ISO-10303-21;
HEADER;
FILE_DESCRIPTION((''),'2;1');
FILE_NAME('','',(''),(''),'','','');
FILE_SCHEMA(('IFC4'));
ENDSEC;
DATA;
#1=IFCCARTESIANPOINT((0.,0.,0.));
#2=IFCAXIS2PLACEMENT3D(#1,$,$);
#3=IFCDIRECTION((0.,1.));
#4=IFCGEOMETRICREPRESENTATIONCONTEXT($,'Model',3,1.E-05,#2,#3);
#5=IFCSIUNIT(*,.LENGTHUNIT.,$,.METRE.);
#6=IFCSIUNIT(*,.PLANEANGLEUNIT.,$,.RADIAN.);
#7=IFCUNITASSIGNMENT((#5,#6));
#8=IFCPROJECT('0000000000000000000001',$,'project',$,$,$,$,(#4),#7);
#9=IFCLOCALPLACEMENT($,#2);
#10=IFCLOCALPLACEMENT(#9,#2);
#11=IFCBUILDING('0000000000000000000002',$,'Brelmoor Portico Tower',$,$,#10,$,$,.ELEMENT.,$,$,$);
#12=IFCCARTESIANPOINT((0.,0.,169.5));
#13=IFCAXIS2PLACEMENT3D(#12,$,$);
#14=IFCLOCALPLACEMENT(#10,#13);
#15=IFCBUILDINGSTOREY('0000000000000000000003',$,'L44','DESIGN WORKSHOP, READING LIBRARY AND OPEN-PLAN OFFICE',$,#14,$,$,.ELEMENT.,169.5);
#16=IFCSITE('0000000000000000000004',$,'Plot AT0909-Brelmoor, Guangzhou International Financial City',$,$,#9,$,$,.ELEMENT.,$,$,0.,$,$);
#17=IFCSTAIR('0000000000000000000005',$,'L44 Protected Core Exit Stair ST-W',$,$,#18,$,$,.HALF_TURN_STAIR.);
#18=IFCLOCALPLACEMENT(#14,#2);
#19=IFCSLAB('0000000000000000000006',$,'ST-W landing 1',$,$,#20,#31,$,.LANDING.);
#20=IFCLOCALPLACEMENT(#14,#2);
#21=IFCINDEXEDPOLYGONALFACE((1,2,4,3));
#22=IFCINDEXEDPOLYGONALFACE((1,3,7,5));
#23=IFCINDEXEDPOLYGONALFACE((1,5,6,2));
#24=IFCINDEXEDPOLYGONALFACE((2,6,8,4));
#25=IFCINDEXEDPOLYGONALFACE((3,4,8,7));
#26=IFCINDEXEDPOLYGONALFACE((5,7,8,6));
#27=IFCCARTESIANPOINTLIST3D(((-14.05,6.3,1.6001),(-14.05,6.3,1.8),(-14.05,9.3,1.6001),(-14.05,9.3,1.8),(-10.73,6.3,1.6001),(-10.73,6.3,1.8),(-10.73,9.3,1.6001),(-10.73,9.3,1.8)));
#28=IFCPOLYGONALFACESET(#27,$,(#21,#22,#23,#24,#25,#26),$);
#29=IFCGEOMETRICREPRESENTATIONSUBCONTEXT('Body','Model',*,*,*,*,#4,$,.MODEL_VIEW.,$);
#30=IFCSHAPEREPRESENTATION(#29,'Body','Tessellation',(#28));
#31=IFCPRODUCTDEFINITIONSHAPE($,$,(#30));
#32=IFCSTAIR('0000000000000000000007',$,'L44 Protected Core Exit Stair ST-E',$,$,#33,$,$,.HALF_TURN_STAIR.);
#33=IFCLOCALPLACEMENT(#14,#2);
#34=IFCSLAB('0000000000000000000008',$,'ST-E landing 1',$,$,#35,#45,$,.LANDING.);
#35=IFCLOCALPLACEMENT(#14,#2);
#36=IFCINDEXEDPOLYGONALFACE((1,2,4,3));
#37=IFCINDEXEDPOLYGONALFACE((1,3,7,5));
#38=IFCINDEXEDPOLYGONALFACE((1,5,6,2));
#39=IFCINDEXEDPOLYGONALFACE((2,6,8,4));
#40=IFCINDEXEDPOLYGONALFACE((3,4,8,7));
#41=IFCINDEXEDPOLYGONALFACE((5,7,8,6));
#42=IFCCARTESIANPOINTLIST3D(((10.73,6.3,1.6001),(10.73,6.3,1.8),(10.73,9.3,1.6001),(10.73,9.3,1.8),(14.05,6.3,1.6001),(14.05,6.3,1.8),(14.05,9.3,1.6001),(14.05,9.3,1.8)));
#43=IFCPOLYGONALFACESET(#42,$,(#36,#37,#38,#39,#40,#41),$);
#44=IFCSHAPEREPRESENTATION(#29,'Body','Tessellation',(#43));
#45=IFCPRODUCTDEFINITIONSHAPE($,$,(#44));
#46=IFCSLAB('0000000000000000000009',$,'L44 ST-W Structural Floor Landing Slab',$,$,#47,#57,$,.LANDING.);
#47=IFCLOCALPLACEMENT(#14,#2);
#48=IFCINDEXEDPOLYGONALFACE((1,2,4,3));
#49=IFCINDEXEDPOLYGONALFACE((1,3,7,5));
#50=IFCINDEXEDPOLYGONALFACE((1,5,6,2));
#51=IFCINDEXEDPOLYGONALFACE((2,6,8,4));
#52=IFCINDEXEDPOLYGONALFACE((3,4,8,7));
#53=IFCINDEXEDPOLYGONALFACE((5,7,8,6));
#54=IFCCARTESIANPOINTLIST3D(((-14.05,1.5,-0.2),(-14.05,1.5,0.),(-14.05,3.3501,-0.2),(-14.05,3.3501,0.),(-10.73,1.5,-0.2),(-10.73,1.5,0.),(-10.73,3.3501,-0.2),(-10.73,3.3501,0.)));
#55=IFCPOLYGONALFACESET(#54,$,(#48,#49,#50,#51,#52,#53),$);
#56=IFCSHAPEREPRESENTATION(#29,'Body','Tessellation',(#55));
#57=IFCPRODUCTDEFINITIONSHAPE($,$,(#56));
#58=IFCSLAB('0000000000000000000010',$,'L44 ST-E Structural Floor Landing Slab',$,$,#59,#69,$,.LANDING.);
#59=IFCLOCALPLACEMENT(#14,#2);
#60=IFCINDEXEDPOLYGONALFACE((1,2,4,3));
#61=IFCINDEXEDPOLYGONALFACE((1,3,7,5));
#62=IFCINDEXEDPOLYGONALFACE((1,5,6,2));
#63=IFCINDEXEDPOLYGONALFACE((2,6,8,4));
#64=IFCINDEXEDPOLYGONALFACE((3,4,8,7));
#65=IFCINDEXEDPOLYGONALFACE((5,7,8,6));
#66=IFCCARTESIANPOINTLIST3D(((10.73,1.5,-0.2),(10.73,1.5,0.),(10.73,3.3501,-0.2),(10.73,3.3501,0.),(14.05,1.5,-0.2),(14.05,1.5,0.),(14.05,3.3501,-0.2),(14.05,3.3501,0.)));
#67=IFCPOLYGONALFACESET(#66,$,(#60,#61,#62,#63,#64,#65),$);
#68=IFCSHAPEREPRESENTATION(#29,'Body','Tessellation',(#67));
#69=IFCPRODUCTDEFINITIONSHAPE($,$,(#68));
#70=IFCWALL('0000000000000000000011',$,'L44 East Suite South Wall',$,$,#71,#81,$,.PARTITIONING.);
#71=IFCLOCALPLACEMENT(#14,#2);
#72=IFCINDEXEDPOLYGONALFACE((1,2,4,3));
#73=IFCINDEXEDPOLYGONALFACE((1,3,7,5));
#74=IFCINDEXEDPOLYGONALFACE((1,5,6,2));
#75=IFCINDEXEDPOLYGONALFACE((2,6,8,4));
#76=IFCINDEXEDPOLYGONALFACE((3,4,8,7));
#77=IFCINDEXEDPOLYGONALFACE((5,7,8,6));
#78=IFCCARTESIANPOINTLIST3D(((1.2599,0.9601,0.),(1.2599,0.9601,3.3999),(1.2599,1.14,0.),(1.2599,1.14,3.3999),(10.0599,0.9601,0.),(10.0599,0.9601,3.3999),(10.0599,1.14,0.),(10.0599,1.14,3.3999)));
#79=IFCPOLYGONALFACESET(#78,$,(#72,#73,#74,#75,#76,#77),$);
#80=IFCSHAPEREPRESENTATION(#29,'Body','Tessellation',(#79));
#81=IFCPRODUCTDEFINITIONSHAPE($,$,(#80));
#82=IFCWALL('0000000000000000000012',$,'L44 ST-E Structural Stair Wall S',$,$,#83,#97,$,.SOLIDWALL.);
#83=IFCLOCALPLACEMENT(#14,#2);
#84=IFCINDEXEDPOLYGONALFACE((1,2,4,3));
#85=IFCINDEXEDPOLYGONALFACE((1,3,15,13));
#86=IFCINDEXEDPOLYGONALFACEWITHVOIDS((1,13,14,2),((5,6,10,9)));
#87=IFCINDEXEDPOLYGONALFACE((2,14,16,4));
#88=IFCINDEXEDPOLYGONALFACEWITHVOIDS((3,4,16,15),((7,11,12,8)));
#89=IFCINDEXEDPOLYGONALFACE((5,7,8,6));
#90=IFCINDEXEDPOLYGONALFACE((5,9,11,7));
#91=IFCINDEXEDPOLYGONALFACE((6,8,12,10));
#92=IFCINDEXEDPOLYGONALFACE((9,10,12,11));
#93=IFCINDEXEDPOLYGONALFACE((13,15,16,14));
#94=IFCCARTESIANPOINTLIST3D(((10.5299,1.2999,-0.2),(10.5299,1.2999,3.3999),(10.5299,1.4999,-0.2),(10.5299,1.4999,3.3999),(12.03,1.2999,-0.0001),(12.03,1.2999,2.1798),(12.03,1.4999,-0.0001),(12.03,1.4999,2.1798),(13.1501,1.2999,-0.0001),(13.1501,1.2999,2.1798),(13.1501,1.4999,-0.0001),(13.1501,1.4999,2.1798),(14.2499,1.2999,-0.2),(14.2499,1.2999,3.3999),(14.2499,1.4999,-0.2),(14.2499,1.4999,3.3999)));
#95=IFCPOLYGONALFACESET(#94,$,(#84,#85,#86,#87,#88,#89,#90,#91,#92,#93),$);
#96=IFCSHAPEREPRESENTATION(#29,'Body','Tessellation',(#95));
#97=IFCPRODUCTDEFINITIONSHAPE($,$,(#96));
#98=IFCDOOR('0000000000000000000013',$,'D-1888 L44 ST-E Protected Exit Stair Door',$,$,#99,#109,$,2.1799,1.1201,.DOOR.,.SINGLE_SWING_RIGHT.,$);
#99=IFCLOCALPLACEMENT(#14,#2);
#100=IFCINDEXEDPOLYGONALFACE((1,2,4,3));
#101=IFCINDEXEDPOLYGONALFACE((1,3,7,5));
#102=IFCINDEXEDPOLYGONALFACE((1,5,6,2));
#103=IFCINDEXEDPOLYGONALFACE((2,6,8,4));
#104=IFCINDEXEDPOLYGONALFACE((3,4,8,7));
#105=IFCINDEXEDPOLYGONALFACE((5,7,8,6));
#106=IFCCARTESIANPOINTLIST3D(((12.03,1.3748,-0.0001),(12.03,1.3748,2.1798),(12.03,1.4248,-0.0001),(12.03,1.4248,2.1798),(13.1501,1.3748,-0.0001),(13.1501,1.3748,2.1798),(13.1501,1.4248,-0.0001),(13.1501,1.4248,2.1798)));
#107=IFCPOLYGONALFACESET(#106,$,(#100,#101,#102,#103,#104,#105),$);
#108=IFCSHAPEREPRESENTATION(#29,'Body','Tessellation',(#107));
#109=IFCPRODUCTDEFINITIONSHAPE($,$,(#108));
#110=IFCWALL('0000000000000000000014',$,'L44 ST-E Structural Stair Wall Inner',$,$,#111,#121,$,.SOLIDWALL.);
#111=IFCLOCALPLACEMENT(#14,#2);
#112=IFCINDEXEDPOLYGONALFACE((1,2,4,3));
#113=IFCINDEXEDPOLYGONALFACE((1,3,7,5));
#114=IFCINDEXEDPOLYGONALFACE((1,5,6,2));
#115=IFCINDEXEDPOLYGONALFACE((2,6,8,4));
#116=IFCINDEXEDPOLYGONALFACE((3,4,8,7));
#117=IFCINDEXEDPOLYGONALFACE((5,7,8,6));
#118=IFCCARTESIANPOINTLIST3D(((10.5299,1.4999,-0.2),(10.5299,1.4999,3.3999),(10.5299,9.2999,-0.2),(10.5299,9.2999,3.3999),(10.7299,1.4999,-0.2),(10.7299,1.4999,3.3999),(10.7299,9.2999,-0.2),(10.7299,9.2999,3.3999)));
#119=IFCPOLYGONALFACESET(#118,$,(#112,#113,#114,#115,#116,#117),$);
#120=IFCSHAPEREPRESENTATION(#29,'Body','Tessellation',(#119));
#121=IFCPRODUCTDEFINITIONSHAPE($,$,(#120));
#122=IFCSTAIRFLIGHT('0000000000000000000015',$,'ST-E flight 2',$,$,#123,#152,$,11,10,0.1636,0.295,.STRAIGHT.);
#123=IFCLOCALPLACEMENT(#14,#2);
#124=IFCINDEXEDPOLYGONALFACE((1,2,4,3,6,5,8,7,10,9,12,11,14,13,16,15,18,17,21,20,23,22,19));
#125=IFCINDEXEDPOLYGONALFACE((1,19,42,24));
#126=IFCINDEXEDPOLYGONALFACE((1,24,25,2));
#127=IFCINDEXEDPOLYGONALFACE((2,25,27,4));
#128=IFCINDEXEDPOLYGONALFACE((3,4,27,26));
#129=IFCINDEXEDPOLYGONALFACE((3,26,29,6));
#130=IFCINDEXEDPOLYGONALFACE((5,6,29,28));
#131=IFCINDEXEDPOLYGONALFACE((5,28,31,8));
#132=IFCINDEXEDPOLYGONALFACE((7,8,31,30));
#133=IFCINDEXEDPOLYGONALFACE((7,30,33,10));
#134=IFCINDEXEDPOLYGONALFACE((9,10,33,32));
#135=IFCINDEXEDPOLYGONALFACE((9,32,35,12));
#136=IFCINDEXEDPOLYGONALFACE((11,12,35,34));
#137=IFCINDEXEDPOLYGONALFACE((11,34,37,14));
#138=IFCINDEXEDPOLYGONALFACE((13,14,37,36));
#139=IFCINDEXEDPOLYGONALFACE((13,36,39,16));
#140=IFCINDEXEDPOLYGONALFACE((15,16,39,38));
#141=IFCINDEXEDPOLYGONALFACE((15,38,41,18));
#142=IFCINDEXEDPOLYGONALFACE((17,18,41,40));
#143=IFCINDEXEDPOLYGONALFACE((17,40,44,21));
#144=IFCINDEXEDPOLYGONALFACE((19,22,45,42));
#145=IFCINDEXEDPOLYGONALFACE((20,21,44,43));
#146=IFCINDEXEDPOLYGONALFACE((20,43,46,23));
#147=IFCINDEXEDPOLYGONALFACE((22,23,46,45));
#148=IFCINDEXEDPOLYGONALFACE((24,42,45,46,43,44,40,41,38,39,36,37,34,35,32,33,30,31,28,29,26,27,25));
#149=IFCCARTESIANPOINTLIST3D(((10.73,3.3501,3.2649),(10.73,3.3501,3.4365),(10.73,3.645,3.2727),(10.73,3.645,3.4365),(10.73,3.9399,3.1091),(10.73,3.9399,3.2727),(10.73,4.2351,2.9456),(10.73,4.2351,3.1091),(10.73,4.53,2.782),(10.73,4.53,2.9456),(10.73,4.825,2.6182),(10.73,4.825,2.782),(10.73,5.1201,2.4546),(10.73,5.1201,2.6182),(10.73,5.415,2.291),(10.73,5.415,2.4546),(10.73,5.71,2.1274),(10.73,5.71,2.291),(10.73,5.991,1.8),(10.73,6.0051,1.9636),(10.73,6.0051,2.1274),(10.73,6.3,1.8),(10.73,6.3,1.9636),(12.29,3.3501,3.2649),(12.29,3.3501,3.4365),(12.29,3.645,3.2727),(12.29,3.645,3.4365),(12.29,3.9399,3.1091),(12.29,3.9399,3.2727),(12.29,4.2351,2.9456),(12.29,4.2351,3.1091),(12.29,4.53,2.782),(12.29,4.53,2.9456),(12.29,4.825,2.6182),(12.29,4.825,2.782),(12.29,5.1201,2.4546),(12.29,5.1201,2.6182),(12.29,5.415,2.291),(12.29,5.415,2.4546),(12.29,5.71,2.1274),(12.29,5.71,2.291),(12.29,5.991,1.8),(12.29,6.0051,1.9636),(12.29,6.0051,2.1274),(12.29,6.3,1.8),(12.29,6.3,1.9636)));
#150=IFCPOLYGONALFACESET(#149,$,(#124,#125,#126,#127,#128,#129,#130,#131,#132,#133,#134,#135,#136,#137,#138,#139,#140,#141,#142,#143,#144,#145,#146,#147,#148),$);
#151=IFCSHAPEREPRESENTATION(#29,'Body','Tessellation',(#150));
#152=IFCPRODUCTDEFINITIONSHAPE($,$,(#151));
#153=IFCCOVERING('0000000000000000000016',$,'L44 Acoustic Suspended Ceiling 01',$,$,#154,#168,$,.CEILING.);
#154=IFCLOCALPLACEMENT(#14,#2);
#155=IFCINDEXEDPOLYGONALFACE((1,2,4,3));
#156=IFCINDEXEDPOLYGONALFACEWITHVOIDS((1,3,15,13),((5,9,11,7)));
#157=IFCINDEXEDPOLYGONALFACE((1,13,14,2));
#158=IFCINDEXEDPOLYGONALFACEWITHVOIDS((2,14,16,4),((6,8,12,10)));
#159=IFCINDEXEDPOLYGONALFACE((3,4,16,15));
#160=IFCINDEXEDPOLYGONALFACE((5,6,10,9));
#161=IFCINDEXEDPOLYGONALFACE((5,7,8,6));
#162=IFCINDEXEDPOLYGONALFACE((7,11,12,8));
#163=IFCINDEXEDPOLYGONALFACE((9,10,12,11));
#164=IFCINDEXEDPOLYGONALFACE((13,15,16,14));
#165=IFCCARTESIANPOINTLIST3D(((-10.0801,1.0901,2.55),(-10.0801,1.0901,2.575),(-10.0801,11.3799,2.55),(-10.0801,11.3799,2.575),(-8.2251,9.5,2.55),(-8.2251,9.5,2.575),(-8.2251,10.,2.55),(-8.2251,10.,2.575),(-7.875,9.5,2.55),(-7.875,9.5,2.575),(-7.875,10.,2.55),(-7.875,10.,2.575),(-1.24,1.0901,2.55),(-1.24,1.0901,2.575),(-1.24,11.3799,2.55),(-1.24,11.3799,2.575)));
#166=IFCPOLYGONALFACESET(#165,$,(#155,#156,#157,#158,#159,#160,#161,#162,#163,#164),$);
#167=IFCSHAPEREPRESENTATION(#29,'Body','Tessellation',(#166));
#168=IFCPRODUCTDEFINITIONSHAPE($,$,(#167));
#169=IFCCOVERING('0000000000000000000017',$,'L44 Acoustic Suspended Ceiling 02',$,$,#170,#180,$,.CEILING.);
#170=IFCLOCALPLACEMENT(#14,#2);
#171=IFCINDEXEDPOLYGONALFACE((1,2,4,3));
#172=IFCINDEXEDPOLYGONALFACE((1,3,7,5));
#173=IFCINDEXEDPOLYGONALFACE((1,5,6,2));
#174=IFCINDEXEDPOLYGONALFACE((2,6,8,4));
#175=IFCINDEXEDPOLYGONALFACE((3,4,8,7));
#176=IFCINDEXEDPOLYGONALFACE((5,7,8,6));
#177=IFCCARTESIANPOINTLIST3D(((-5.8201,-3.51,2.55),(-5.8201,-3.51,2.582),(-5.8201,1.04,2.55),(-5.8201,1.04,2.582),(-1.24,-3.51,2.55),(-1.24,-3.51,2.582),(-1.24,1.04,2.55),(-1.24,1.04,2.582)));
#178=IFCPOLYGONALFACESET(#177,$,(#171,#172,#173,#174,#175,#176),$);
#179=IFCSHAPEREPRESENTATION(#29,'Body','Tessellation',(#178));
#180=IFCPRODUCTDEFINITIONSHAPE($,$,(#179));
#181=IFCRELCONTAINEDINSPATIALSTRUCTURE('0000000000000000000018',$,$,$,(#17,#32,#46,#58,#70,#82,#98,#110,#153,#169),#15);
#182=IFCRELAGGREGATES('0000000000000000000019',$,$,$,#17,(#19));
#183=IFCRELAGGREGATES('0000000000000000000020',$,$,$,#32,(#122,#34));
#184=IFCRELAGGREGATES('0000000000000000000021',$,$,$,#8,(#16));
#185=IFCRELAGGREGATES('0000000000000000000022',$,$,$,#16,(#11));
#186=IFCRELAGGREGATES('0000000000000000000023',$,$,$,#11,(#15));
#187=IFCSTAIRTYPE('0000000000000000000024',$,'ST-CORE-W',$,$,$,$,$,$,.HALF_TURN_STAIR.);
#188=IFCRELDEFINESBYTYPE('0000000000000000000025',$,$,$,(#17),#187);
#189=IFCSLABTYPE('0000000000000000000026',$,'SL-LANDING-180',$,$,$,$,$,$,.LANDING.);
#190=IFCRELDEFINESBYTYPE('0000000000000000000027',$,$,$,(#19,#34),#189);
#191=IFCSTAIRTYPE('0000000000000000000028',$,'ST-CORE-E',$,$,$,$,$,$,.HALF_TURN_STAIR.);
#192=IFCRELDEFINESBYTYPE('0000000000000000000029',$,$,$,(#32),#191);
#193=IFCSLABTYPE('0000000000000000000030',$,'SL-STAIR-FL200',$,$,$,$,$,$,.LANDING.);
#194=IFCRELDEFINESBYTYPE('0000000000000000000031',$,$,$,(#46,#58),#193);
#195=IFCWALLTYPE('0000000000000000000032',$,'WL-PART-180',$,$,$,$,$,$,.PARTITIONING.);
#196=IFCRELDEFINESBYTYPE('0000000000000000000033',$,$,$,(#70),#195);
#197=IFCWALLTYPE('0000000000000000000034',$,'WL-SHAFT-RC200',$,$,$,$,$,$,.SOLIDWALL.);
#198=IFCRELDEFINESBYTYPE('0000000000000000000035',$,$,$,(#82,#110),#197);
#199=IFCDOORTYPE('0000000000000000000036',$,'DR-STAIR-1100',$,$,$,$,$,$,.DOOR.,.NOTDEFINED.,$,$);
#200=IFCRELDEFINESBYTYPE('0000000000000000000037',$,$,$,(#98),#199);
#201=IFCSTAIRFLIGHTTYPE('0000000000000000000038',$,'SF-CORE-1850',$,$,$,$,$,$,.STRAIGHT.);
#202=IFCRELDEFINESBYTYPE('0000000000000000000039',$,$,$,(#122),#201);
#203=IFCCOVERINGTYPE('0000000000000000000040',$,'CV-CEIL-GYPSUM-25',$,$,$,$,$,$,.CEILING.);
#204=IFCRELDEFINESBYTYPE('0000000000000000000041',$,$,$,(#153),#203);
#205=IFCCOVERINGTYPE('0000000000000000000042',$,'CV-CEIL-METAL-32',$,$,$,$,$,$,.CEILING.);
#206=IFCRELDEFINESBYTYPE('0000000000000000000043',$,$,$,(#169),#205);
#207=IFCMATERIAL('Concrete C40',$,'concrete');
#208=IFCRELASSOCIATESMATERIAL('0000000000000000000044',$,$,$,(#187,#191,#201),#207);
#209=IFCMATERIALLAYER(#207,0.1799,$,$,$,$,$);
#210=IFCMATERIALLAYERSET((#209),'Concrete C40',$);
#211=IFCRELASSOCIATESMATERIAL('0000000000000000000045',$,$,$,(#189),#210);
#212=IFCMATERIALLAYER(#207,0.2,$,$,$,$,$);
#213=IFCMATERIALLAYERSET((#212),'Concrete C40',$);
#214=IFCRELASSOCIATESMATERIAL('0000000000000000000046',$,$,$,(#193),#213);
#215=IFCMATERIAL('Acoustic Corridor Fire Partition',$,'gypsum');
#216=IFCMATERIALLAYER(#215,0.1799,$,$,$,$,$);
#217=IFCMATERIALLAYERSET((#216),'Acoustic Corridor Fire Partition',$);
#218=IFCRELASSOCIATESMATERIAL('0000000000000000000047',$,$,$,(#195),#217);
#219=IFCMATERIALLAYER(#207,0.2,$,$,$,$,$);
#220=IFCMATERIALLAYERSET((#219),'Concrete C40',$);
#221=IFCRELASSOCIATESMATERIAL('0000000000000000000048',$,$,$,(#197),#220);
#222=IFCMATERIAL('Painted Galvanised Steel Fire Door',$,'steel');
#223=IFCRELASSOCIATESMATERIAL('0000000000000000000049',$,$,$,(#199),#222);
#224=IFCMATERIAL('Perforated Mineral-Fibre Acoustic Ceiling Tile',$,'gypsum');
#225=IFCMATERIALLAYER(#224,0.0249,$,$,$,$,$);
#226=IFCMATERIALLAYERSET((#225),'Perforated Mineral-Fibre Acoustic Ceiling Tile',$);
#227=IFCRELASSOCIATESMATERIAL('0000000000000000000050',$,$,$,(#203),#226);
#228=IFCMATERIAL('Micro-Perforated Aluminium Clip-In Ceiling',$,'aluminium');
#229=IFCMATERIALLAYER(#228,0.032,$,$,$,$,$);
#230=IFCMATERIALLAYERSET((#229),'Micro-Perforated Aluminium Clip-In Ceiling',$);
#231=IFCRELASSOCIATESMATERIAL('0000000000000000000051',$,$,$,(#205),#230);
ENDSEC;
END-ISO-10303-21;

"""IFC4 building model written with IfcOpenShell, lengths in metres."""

from ifc_helpers import new_model, si_unit, direction, frame, frame_2d, origin, place, context, subcontext, project, spatial, polyline, rectangle, outline, extrude, material, layer, layer_set, type_object, element, fill, aggregate, save


model = new_model("IFC4")

# Units and contexts
model_context = context("Model", 3, precision=1e-05, world=origin(), true_north=direction((0.0, 1.0)))
body_context = subcontext(model_context, "Body", "Model", "MODEL_VIEW")
ifc_project = project(units=[si_unit("LENGTHUNIT", "METRE"), si_unit("PLANEANGLEUNIT", "RADIAN")], contexts=[model_context])

# Site, building, storey
site_placement = place(None, origin())
site = spatial("IfcSite", under=ifc_project, at=site_placement, Name="Plot AT0909-Brelmoor, Guangzhou International Financial City", CompositionType="ELEMENT", RefElevation=0.0)
building_placement = place(site_placement, origin())
building = spatial("IfcBuilding", under=site, at=building_placement, Name="Brelmoor Portico Tower", CompositionType="ELEMENT")
storey_placement = place(building_placement, frame((0.0, 0.0, 169.5)))
storey = spatial("IfcBuildingStorey", under=building, at=storey_placement, Name="L44", Description="DESIGN WORKSHOP, READING LIBRARY AND OPEN-PLAN OFFICE", CompositionType="ELEMENT", Elevation=169.5)

# Shared definitions
ifc_material_1 = material(Name="Concrete C40", Category="concrete")

# Stairs, slabs
stair_type_1 = type_object("IfcStairType", Name="ST-CORE-W", PredefinedType="HALF_TURN_STAIR", material=ifc_material_1)
stair_1_placement = place(storey_placement, origin())
stair_1 = element("IfcStair", 1, at=stair_1_placement, inside=storey, type_object=stair_type_1, Name="L44 Protected Core Exit Stair ST-W", PredefinedType="HALF_TURN_STAIR")
ifc_layer_1 = layer(ifc_material_1, 0.1799)
ifc_layer_set_1 = layer_set([ifc_layer_1], Name="Concrete C40")
slab_type_1 = type_object("IfcSlabType", Name="SL-LANDING-180", PredefinedType="LANDING", material=ifc_layer_set_1)
slab_1_placement = place(storey_placement, frame((0.0, 0.0, 1.6001)))
slab_1 = element("IfcSlab", 2, at=slab_1_placement, type_object=slab_type_1, Name="ST-W landing 1", PredefinedType="LANDING", context=body_context, shape_type="SweptSolid", body=[
    extrude(outline(polyline([(-10.73, 6.3), (-10.73, 9.3), (-14.05, 9.3), (-14.05, 6.3), (-10.73, 6.3)])), origin(), (0.0, 0.0, 1.0), 0.2),
])
aggregate(stair_1, [slab_1])
stair_type_2 = type_object("IfcStairType", Name="ST-CORE-E", PredefinedType="HALF_TURN_STAIR", material=ifc_material_1)
stair_2_placement = place(storey_placement, origin())
stair_2 = element("IfcStair", 3, at=stair_2_placement, inside=storey, type_object=stair_type_2, Name="L44 Protected Core Exit Stair ST-E", PredefinedType="HALF_TURN_STAIR")
slab_2_placement = place(storey_placement, frame((0.0, 0.0, 1.6001)))
slab_2 = element("IfcSlab", 4, at=slab_2_placement, type_object=slab_type_1, Name="ST-E landing 1", PredefinedType="LANDING", context=body_context, shape_type="SweptSolid", body=[
    extrude(outline(polyline([(14.05, 6.3), (14.05, 9.3), (10.73, 9.3), (10.73, 6.3), (14.05, 6.3)])), origin(), (0.0, 0.0, 1.0), 0.2),
])

# Slabs
ifc_layer_2 = layer(ifc_material_1, 0.2)
ifc_layer_set_2 = layer_set([ifc_layer_2], Name="Concrete C40")
slab_type_2 = type_object("IfcSlabType", Name="SL-STAIR-FL200", PredefinedType="LANDING", material=ifc_layer_set_2)
slab_3_placement = place(storey_placement, frame((0.0, 0.0, -0.2)))
element("IfcSlab", 5, at=slab_3_placement, inside=storey, type_object=slab_type_2, Name="L44 ST-W Structural Floor Landing Slab", PredefinedType="LANDING", context=body_context, shape_type="SweptSolid", body=[
    extrude(outline(polyline([(-10.73, 1.5), (-10.73, 3.3501), (-14.05, 3.3501), (-14.05, 1.5), (-10.73, 1.5)])), origin(), (0.0, 0.0, 1.0), 0.2),
])
slab_4_placement = place(storey_placement, frame((0.0, 0.0, -0.2)))
element("IfcSlab", 6, at=slab_4_placement, inside=storey, type_object=slab_type_2, Name="L44 ST-E Structural Floor Landing Slab", PredefinedType="LANDING", context=body_context, shape_type="SweptSolid", body=[
    extrude(outline(polyline([(14.05, 1.5), (14.05, 3.3501), (10.73, 3.3501), (10.73, 1.5), (14.05, 1.5)])), origin(), (0.0, 0.0, 1.0), 0.2),
])

# Wall
ifc_material_2 = material(Name="Acoustic Corridor Fire Partition", Category="gypsum")
ifc_layer_3 = layer(ifc_material_2, 0.1799)
ifc_layer_set_3 = layer_set([ifc_layer_3], Name="Acoustic Corridor Fire Partition")
wall_type_1 = type_object("IfcWallType", Name="WL-PART-180", PredefinedType="PARTITIONING", material=ifc_layer_set_3)
wall_1_placement = place(storey_placement, frame((1.26, 1.05, 0.0), z_axis=(0.0, 0.0, 1.0), x_axis=(1.0, 0.0, 0.0)))
element("IfcWall", 7, at=wall_1_placement, inside=storey, type_object=wall_type_1, Name="L44 East Suite South Wall", PredefinedType="PARTITIONING", context=body_context, shape_type="SweptSolid", body=[
    extrude(rectangle(XDim=8.8, YDim=0.1799, at=frame_2d((4.3999, 0.0))), origin(), (0.0, 0.0, 1.0), 3.3999),
])

# Wall, opening, door
ifc_layer_4 = layer(ifc_material_1, 0.2)
ifc_layer_set_4 = layer_set([ifc_layer_4], Name="Concrete C40")
wall_type_2 = type_object("IfcWallType", Name="WL-SHAFT-RC200", PredefinedType="SOLIDWALL", material=ifc_layer_set_4)
wall_2_placement = place(storey_placement, frame((10.53, 1.3999, -0.2), z_axis=(0.0, 0.0, 1.0), x_axis=(1.0, 0.0, 0.0)))
wall_2 = element("IfcWall", 8, at=wall_2_placement, inside=storey, type_object=wall_type_2, Name="L44 ST-E Structural Stair Wall S", PredefinedType="SOLIDWALL", context=body_context, shape_type="SweptSolid", body=[
    extrude(rectangle(XDim=3.72, YDim=0.2, at=frame_2d((1.8599, 0.0))), origin(), (0.0, 0.0, 1.0), 3.5999),
])
opening_placement = place(wall_2_placement, frame((1.5, 0.0, 0.2)))
opening = element("IfcOpeningElement", 9, at=opening_placement, cuts=wall_2, PredefinedType="OPENING", context=body_context, shape_type="SweptSolid", body=[
    extrude(rectangle(XDim=1.1201, YDim=2.1799, at=frame_2d((0.5601, 1.0898))), frame((0.0, 0.1099, 0.0), z_axis=(0.0, -1.0, 0.0), x_axis=(1.0, 0.0, 0.0)), (0.0, 0.0, 1.0), 0.22),
])
ifc_material_3 = material(Name="Painted Galvanised Steel Fire Door", Category="steel")
door_type = type_object("IfcDoorType", Name="DR-STAIR-1100", OperationType="NOTDEFINED", PredefinedType="DOOR", material=ifc_material_3)
door_placement = place(opening_placement, origin())
door = element("IfcDoor", 10, at=door_placement, inside=storey, type_object=door_type, Name="D-1888 L44 ST-E Protected Exit Stair Door", OperationType="SINGLE_SWING_RIGHT", OverallHeight=2.1799, OverallWidth=1.1201, PredefinedType="DOOR", context=body_context, shape_type="SweptSolid", body=[
    extrude(rectangle(XDim=1.1201, YDim=2.1799, at=frame_2d((0.5601, 1.0898))), frame((0.0, 0.0249, 0.0), z_axis=(0.0, -1.0, 0.0), x_axis=(1.0, 0.0, 0.0)), (0.0, 0.0, 1.0), 0.05),
])
fill(opening, door)

# Wall
wall_3_placement = place(storey_placement, frame((10.6299, 1.5, -0.2), z_axis=(0.0, 0.0, 1.0), x_axis=(0.0, 1.0, 0.0)))
element("IfcWall", 11, at=wall_3_placement, inside=storey, type_object=wall_type_2, Name="L44 ST-E Structural Stair Wall Inner", PredefinedType="SOLIDWALL", context=body_context, shape_type="SweptSolid", body=[
    extrude(rectangle(XDim=7.8, YDim=0.2, at=frame_2d((3.8999, 0.0))), origin(), (0.0, 0.0, 1.0), 3.5999),
])

# Stair flight
stair_flight_type = type_object("IfcStairFlightType", Name="SF-CORE-1850", PredefinedType="STRAIGHT", material=ifc_material_1)
stair_flight_placement = place(storey_placement, frame((11.51, 6.3, 1.8), z_axis=(0.0, 0.0, 1.0), x_axis=(0.0, -1.0, 0.0)))
stair_flight = element("IfcStairFlight", 12, at=stair_flight_placement, type_object=stair_flight_type, Name="ST-E flight 2", NumberOfRisers=11, NumberOfTreads=10, PredefinedType="STRAIGHT", RiserHeight=0.1636, TreadLength=0.295, context=body_context, shape_type="SweptSolid", body=[
    extrude(outline(polyline([(0.0, 0.0), (0.0, 0.1636), (0.2949, 0.1636), (0.2949, 0.3274), (0.5901, 0.3274), (0.5901, 0.491), (0.885, 0.491), (0.885, 0.6545), (1.1799, 0.6545), (1.1799, 0.8181), (1.4751, 0.8181), (1.4751, 0.9819), (1.77, 0.9819), (1.77, 1.1455), (2.0649, 1.1455), (2.0649, 1.3091), (2.3601, 1.3091), (2.3601, 1.4727), (2.655, 1.4727), (2.655, 1.6365), (2.95, 1.6365), (2.95, 1.8), (2.95, 1.4648), (0.3091, 0.0), (0.0, 0.0)])), frame((0.0, 0.78, 0.0), z_axis=(0.0, -1.0, 0.0), x_axis=(1.0, 0.0, 0.0)), (0.0, 0.0, 1.0), 1.5601),
])
aggregate(stair_2, [stair_flight, slab_2])

# Coverings
ifc_material_4 = material(Name="Perforated Mineral-Fibre Acoustic Ceiling Tile", Category="gypsum")
ifc_layer_5 = layer(ifc_material_4, 0.0249)
ifc_layer_set_5 = layer_set([ifc_layer_5], Name="Perforated Mineral-Fibre Acoustic Ceiling Tile")
covering_type_1 = type_object("IfcCoveringType", Name="CV-CEIL-GYPSUM-25", PredefinedType="CEILING", material=ifc_layer_set_5)
covering_1_placement = place(storey_placement, frame((0.0, 0.0, 2.55)))
element("IfcCovering", 13, at=covering_1_placement, inside=storey, type_object=covering_type_1, Name="L44 Acoustic Suspended Ceiling 01", PredefinedType="CEILING", context=body_context, shape_type="SweptSolid", body=[
    extrude(outline(polyline([(-10.0801, 11.3799), (-1.24, 11.3799), (-1.24, 1.0901), (-10.0801, 1.0901), (-10.0801, 11.3799)]), holes=[polyline([(-7.875, 9.5), (-7.875, 10.0), (-8.2251, 10.0), (-8.2251, 9.5), (-7.875, 9.5)])]), origin(), (0.0, 0.0, 1.0), 0.0249),
])
ifc_material_5 = material(Name="Micro-Perforated Aluminium Clip-In Ceiling", Category="aluminium")
ifc_layer_6 = layer(ifc_material_5, 0.032)
ifc_layer_set_6 = layer_set([ifc_layer_6], Name="Micro-Perforated Aluminium Clip-In Ceiling")
covering_type_2 = type_object("IfcCoveringType", Name="CV-CEIL-METAL-32", PredefinedType="CEILING", material=ifc_layer_set_6)
covering_2_placement = place(storey_placement, frame((0.0, 0.0, 2.55)))
element("IfcCovering", 14, at=covering_2_placement, inside=storey, type_object=covering_type_2, Name="L44 Acoustic Suspended Ceiling 02", PredefinedType="CEILING", context=body_context, shape_type="SweptSolid", body=[
    extrude(outline(polyline([(-5.8201, -3.51), (-5.8201, 1.04), (-1.24, 1.04), (-1.24, -3.51), (-5.8201, -3.51)])), origin(), (0.0, 0.0, 1.0), 0.032),
])

save(model, "model.ifc")
